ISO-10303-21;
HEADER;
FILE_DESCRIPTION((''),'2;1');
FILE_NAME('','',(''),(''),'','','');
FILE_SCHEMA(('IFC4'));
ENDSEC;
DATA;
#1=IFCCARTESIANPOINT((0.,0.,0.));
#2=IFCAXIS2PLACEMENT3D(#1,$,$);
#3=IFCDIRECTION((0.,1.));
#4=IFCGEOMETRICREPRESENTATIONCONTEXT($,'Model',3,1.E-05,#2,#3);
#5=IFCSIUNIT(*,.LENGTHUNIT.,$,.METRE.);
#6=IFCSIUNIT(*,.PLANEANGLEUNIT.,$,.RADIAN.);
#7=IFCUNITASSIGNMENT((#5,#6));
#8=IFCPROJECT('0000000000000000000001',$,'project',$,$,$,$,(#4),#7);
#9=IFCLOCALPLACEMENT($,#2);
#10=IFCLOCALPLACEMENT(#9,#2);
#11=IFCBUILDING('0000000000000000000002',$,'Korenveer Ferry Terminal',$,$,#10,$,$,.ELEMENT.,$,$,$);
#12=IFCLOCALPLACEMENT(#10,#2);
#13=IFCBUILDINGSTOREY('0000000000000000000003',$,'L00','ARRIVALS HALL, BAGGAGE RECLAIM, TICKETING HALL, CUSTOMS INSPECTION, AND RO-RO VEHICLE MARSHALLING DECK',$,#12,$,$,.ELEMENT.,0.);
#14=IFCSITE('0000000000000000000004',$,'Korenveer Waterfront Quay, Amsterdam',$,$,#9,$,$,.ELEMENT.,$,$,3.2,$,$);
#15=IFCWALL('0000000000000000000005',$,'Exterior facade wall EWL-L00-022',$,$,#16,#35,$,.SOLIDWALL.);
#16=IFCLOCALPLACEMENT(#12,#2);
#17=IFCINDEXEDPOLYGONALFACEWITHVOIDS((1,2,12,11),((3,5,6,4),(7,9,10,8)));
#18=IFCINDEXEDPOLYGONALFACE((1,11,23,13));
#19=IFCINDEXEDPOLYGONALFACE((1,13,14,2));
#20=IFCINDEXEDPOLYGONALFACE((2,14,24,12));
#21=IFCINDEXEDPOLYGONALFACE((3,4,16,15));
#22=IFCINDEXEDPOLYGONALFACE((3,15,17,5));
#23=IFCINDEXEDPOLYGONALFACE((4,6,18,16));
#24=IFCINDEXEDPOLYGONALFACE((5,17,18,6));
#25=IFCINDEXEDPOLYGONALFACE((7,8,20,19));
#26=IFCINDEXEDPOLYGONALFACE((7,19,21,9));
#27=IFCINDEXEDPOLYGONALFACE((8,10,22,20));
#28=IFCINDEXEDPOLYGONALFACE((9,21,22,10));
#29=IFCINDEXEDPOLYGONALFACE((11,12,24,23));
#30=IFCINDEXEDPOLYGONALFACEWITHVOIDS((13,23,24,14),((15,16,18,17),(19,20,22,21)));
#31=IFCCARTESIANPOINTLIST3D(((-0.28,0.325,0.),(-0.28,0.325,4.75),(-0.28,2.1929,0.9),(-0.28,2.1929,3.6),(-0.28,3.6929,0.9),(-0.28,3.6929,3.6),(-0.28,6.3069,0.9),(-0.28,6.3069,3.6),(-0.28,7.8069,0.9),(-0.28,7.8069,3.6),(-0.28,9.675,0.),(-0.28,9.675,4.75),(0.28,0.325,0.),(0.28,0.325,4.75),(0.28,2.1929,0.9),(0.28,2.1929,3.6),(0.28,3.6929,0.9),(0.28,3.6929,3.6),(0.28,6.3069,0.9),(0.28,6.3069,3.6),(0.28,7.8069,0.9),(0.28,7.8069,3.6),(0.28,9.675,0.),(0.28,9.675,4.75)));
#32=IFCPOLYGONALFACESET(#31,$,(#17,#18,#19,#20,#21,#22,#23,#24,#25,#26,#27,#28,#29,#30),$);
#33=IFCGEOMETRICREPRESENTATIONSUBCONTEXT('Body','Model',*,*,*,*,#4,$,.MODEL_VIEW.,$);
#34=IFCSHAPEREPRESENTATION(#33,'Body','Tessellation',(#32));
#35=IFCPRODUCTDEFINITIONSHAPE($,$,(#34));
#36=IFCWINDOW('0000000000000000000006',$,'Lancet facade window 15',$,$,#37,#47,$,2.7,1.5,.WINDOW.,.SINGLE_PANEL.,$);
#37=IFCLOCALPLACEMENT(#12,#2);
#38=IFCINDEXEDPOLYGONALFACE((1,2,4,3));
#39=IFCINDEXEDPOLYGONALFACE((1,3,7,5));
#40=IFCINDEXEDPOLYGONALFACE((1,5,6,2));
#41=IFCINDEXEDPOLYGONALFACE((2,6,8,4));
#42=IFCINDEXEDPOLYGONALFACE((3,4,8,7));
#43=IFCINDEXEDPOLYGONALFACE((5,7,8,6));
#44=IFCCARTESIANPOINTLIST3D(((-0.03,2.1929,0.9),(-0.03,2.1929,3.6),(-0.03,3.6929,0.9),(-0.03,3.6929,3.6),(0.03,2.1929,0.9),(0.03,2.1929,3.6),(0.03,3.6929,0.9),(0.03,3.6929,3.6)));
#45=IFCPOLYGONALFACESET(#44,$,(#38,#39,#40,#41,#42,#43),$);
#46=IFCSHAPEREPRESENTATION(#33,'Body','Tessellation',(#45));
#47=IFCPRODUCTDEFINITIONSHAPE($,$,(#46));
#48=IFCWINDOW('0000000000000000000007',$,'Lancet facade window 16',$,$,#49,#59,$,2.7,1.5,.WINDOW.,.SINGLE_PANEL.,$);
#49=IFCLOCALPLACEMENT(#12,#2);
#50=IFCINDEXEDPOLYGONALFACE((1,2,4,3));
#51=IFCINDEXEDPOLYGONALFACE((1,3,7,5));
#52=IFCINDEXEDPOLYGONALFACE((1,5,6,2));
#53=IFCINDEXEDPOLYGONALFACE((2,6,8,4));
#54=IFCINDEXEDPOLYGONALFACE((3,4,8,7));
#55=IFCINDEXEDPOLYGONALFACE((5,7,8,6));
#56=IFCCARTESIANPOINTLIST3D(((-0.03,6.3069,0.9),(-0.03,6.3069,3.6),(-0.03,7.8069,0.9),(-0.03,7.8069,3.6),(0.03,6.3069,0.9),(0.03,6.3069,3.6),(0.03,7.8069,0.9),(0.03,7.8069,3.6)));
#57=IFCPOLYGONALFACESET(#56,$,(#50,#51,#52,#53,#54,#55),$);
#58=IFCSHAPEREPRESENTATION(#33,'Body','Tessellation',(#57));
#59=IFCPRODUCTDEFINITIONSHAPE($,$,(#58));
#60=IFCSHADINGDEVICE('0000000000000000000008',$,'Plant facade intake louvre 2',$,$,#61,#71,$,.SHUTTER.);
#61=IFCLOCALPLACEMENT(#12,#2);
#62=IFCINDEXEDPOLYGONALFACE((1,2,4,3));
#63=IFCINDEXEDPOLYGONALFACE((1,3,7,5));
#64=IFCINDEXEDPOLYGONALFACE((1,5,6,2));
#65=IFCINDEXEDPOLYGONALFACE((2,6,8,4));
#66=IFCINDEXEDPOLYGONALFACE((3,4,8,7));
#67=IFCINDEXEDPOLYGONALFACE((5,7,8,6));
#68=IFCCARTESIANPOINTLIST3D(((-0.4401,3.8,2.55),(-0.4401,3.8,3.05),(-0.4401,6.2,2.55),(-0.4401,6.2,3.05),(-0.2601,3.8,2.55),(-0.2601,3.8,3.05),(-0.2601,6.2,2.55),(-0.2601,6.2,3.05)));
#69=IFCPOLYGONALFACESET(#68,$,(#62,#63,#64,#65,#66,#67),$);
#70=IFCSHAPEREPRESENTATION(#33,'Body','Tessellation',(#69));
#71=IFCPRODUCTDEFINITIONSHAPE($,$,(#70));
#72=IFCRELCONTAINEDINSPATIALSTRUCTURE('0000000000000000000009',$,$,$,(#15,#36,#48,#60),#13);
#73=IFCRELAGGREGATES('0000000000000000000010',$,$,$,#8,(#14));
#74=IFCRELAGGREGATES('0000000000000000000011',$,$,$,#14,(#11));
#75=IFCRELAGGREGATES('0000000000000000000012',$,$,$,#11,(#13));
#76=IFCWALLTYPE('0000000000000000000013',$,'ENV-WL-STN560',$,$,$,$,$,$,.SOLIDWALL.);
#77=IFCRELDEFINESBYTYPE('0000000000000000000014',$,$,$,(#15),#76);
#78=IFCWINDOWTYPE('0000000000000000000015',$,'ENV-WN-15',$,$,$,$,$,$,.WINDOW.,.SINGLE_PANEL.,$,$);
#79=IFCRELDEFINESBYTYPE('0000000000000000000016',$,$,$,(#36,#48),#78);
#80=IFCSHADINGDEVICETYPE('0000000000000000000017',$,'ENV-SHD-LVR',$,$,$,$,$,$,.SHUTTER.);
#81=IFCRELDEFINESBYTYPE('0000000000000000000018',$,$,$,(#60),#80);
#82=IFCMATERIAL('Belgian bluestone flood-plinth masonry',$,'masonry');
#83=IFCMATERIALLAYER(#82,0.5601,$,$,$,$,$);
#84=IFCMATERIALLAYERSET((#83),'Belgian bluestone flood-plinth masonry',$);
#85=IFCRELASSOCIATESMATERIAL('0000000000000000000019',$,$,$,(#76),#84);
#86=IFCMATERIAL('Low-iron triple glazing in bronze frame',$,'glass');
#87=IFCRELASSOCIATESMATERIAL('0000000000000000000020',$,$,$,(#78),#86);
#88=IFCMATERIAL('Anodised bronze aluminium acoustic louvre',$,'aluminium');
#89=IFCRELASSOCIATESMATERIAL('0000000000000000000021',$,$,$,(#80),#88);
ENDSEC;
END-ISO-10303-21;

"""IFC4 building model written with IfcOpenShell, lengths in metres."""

from ifc_helpers import new_model, si_unit, direction, frame, frame_2d, origin, origin_2d, place, context, subcontext, project, spatial, rectangle, extrude, material, layer, layer_set, type_object, element, fill, save


model = new_model("IFC4")

# Units and contexts
model_context = context("Model", 3, precision=1e-05, world=origin(), true_north=direction((0.0, 1.0)))
body_context = subcontext(model_context, "Body", "Model", "MODEL_VIEW")
ifc_project = project(units=[si_unit("LENGTHUNIT", "METRE"), si_unit("PLANEANGLEUNIT", "RADIAN")], contexts=[model_context])

# Site, building, storey
site_placement = place(None, origin())
site = spatial("IfcSite", under=ifc_project, at=site_placement, Name="Korenveer Waterfront Quay, Amsterdam", CompositionType="ELEMENT", RefElevation=3.2)
building_placement = place(site_placement, origin())
building = spatial("IfcBuilding", under=site, at=building_placement, Name="Korenveer Ferry Terminal", CompositionType="ELEMENT")
storey_placement = place(building_placement, origin())
storey = spatial("IfcBuildingStorey", under=building, at=storey_placement, Name="L00", Description="ARRIVALS HALL, BAGGAGE RECLAIM, TICKETING HALL, CUSTOMS INSPECTION, AND RO-RO VEHICLE MARSHALLING DECK", CompositionType="ELEMENT", Elevation=0.0)

# Wall, openings, windows
ifc_material_1 = material(Name="Belgian bluestone flood-plinth masonry", Category="masonry")
ifc_layer_1 = layer(ifc_material_1, 0.5601)
ifc_layer_set_1 = layer_set([ifc_layer_1], Name="Belgian bluestone flood-plinth masonry")
wall_type_1 = type_object("IfcWallType", Name="ENV-WL-STN560", PredefinedType="SOLIDWALL", material=ifc_layer_set_1)
ifc_material_2 = material(Name="Low-iron triple glazing in bronze frame", Category="glass")
wall_1_placement = place(storey_placement, frame((0.0, 0.325, 0.0), z_axis=(0.0, 0.0, 1.0), x_axis=(0.0, 1.0, 0.0)))
wall_1 = element("IfcWall", 1, at=wall_1_placement, inside=storey, type_object=wall_type_1, Name="Exterior facade wall EWL-L00-022", PredefinedType="SOLIDWALL", context=body_context, shape_type="SweptSolid", body=[
    extrude(rectangle(XDim=9.3501, YDim=0.5601, at=frame_2d((4.675, 0.0))), origin(), (0.0, 0.0, 1.0), 4.75),
])
opening_1_placement = place(wall_1_placement, frame((1.8679, 0.0, 0.8999)))
opening_1 = element("IfcOpeningElement", 2, at=opening_1_placement, cuts=wall_1, PredefinedType="OPENING", context=body_context, shape_type="SweptSolid", body=[
    extrude(rectangle(XDim=1.5, YDim=2.7, at=frame_2d((0.75, 1.3501))), frame((0.0, 0.29, 0.0), z_axis=(0.0, -1.0, 0.0), x_axis=(1.0, 0.0, 0.0)), (0.0, 0.0, 1.0), 0.5801),
])
opening_2_placement = place(wall_1_placement, frame((5.9819, 0.0, 0.8999)))
opening_2 = element("IfcOpeningElement", 3, at=opening_2_placement, cuts=wall_1, PredefinedType="OPENING", context=body_context, shape_type="SweptSolid", body=[
    extrude(rectangle(XDim=1.5, YDim=2.7, at=frame_2d((0.75, 1.3501))), frame((0.0, 0.29, 0.0), z_axis=(0.0, -1.0, 0.0), x_axis=(1.0, 0.0, 0.0)), (0.0, 0.0, 1.0), 0.5801),
])
window_type_1 = type_object("IfcWindowType", Name="ENV-WN-15", PartitioningType="SINGLE_PANEL", PredefinedType="WINDOW", material=ifc_material_2)
window_1_placement = place(opening_1_placement, origin())
window_1 = element("IfcWindow", 4, at=window_1_placement, inside=storey, type_object=window_type_1, Name="Lancet facade window 15", OverallHeight=2.7, OverallWidth=1.5, PartitioningType="SINGLE_PANEL", PredefinedType="WINDOW", context=body_context, shape_type="SweptSolid", body=[
    extrude(rectangle(XDim=1.5, YDim=2.7, at=frame_2d((0.75, 1.3501))), frame((0.0, 0.03, 0.0), z_axis=(0.0, -1.0, 0.0), x_axis=(1.0, 0.0, 0.0)), (0.0, 0.0, 1.0), 0.0601),
])
fill(opening_1, window_1)
window_2_placement = place(opening_2_placement, origin())
window_2 = element("IfcWindow", 5, at=window_2_placement, inside=storey, type_object=window_type_1, Name="Lancet facade window 16", OverallHeight=2.7, OverallWidth=1.5, PartitioningType="SINGLE_PANEL", PredefinedType="WINDOW", context=body_context, shape_type="SweptSolid", body=[
    extrude(rectangle(XDim=1.5, YDim=2.7, at=frame_2d((0.75, 1.3501))), frame((0.0, 0.03, 0.0), z_axis=(0.0, -1.0, 0.0), x_axis=(1.0, 0.0, 0.0)), (0.0, 0.0, 1.0), 0.0601),
])
fill(opening_2, window_2)

# Shading device
ifc_material_3 = material(Name="Anodised bronze aluminium acoustic louvre", Category="aluminium")
shading_device_type = type_object("IfcShadingDeviceType", Name="ENV-SHD-LVR", PredefinedType="SHUTTER", material=ifc_material_3)
shading_device_placement = place(storey_placement, frame((-0.3501, 5.0, 2.55), z_axis=(0.0, 0.0, 1.0), x_axis=(0.0, 1.0, 0.0)))
element("IfcShadingDevice", 6, at=shading_device_placement, inside=storey, type_object=shading_device_type, Name="Plant facade intake louvre 2", PredefinedType="SHUTTER", context=body_context, shape_type="SweptSolid", body=[
    extrude(rectangle(XDim=2.3999, YDim=0.1799, at=origin_2d()), origin(), (0.0, 0.0, 1.0), 0.5),
])

save(model, "model.ifc")
